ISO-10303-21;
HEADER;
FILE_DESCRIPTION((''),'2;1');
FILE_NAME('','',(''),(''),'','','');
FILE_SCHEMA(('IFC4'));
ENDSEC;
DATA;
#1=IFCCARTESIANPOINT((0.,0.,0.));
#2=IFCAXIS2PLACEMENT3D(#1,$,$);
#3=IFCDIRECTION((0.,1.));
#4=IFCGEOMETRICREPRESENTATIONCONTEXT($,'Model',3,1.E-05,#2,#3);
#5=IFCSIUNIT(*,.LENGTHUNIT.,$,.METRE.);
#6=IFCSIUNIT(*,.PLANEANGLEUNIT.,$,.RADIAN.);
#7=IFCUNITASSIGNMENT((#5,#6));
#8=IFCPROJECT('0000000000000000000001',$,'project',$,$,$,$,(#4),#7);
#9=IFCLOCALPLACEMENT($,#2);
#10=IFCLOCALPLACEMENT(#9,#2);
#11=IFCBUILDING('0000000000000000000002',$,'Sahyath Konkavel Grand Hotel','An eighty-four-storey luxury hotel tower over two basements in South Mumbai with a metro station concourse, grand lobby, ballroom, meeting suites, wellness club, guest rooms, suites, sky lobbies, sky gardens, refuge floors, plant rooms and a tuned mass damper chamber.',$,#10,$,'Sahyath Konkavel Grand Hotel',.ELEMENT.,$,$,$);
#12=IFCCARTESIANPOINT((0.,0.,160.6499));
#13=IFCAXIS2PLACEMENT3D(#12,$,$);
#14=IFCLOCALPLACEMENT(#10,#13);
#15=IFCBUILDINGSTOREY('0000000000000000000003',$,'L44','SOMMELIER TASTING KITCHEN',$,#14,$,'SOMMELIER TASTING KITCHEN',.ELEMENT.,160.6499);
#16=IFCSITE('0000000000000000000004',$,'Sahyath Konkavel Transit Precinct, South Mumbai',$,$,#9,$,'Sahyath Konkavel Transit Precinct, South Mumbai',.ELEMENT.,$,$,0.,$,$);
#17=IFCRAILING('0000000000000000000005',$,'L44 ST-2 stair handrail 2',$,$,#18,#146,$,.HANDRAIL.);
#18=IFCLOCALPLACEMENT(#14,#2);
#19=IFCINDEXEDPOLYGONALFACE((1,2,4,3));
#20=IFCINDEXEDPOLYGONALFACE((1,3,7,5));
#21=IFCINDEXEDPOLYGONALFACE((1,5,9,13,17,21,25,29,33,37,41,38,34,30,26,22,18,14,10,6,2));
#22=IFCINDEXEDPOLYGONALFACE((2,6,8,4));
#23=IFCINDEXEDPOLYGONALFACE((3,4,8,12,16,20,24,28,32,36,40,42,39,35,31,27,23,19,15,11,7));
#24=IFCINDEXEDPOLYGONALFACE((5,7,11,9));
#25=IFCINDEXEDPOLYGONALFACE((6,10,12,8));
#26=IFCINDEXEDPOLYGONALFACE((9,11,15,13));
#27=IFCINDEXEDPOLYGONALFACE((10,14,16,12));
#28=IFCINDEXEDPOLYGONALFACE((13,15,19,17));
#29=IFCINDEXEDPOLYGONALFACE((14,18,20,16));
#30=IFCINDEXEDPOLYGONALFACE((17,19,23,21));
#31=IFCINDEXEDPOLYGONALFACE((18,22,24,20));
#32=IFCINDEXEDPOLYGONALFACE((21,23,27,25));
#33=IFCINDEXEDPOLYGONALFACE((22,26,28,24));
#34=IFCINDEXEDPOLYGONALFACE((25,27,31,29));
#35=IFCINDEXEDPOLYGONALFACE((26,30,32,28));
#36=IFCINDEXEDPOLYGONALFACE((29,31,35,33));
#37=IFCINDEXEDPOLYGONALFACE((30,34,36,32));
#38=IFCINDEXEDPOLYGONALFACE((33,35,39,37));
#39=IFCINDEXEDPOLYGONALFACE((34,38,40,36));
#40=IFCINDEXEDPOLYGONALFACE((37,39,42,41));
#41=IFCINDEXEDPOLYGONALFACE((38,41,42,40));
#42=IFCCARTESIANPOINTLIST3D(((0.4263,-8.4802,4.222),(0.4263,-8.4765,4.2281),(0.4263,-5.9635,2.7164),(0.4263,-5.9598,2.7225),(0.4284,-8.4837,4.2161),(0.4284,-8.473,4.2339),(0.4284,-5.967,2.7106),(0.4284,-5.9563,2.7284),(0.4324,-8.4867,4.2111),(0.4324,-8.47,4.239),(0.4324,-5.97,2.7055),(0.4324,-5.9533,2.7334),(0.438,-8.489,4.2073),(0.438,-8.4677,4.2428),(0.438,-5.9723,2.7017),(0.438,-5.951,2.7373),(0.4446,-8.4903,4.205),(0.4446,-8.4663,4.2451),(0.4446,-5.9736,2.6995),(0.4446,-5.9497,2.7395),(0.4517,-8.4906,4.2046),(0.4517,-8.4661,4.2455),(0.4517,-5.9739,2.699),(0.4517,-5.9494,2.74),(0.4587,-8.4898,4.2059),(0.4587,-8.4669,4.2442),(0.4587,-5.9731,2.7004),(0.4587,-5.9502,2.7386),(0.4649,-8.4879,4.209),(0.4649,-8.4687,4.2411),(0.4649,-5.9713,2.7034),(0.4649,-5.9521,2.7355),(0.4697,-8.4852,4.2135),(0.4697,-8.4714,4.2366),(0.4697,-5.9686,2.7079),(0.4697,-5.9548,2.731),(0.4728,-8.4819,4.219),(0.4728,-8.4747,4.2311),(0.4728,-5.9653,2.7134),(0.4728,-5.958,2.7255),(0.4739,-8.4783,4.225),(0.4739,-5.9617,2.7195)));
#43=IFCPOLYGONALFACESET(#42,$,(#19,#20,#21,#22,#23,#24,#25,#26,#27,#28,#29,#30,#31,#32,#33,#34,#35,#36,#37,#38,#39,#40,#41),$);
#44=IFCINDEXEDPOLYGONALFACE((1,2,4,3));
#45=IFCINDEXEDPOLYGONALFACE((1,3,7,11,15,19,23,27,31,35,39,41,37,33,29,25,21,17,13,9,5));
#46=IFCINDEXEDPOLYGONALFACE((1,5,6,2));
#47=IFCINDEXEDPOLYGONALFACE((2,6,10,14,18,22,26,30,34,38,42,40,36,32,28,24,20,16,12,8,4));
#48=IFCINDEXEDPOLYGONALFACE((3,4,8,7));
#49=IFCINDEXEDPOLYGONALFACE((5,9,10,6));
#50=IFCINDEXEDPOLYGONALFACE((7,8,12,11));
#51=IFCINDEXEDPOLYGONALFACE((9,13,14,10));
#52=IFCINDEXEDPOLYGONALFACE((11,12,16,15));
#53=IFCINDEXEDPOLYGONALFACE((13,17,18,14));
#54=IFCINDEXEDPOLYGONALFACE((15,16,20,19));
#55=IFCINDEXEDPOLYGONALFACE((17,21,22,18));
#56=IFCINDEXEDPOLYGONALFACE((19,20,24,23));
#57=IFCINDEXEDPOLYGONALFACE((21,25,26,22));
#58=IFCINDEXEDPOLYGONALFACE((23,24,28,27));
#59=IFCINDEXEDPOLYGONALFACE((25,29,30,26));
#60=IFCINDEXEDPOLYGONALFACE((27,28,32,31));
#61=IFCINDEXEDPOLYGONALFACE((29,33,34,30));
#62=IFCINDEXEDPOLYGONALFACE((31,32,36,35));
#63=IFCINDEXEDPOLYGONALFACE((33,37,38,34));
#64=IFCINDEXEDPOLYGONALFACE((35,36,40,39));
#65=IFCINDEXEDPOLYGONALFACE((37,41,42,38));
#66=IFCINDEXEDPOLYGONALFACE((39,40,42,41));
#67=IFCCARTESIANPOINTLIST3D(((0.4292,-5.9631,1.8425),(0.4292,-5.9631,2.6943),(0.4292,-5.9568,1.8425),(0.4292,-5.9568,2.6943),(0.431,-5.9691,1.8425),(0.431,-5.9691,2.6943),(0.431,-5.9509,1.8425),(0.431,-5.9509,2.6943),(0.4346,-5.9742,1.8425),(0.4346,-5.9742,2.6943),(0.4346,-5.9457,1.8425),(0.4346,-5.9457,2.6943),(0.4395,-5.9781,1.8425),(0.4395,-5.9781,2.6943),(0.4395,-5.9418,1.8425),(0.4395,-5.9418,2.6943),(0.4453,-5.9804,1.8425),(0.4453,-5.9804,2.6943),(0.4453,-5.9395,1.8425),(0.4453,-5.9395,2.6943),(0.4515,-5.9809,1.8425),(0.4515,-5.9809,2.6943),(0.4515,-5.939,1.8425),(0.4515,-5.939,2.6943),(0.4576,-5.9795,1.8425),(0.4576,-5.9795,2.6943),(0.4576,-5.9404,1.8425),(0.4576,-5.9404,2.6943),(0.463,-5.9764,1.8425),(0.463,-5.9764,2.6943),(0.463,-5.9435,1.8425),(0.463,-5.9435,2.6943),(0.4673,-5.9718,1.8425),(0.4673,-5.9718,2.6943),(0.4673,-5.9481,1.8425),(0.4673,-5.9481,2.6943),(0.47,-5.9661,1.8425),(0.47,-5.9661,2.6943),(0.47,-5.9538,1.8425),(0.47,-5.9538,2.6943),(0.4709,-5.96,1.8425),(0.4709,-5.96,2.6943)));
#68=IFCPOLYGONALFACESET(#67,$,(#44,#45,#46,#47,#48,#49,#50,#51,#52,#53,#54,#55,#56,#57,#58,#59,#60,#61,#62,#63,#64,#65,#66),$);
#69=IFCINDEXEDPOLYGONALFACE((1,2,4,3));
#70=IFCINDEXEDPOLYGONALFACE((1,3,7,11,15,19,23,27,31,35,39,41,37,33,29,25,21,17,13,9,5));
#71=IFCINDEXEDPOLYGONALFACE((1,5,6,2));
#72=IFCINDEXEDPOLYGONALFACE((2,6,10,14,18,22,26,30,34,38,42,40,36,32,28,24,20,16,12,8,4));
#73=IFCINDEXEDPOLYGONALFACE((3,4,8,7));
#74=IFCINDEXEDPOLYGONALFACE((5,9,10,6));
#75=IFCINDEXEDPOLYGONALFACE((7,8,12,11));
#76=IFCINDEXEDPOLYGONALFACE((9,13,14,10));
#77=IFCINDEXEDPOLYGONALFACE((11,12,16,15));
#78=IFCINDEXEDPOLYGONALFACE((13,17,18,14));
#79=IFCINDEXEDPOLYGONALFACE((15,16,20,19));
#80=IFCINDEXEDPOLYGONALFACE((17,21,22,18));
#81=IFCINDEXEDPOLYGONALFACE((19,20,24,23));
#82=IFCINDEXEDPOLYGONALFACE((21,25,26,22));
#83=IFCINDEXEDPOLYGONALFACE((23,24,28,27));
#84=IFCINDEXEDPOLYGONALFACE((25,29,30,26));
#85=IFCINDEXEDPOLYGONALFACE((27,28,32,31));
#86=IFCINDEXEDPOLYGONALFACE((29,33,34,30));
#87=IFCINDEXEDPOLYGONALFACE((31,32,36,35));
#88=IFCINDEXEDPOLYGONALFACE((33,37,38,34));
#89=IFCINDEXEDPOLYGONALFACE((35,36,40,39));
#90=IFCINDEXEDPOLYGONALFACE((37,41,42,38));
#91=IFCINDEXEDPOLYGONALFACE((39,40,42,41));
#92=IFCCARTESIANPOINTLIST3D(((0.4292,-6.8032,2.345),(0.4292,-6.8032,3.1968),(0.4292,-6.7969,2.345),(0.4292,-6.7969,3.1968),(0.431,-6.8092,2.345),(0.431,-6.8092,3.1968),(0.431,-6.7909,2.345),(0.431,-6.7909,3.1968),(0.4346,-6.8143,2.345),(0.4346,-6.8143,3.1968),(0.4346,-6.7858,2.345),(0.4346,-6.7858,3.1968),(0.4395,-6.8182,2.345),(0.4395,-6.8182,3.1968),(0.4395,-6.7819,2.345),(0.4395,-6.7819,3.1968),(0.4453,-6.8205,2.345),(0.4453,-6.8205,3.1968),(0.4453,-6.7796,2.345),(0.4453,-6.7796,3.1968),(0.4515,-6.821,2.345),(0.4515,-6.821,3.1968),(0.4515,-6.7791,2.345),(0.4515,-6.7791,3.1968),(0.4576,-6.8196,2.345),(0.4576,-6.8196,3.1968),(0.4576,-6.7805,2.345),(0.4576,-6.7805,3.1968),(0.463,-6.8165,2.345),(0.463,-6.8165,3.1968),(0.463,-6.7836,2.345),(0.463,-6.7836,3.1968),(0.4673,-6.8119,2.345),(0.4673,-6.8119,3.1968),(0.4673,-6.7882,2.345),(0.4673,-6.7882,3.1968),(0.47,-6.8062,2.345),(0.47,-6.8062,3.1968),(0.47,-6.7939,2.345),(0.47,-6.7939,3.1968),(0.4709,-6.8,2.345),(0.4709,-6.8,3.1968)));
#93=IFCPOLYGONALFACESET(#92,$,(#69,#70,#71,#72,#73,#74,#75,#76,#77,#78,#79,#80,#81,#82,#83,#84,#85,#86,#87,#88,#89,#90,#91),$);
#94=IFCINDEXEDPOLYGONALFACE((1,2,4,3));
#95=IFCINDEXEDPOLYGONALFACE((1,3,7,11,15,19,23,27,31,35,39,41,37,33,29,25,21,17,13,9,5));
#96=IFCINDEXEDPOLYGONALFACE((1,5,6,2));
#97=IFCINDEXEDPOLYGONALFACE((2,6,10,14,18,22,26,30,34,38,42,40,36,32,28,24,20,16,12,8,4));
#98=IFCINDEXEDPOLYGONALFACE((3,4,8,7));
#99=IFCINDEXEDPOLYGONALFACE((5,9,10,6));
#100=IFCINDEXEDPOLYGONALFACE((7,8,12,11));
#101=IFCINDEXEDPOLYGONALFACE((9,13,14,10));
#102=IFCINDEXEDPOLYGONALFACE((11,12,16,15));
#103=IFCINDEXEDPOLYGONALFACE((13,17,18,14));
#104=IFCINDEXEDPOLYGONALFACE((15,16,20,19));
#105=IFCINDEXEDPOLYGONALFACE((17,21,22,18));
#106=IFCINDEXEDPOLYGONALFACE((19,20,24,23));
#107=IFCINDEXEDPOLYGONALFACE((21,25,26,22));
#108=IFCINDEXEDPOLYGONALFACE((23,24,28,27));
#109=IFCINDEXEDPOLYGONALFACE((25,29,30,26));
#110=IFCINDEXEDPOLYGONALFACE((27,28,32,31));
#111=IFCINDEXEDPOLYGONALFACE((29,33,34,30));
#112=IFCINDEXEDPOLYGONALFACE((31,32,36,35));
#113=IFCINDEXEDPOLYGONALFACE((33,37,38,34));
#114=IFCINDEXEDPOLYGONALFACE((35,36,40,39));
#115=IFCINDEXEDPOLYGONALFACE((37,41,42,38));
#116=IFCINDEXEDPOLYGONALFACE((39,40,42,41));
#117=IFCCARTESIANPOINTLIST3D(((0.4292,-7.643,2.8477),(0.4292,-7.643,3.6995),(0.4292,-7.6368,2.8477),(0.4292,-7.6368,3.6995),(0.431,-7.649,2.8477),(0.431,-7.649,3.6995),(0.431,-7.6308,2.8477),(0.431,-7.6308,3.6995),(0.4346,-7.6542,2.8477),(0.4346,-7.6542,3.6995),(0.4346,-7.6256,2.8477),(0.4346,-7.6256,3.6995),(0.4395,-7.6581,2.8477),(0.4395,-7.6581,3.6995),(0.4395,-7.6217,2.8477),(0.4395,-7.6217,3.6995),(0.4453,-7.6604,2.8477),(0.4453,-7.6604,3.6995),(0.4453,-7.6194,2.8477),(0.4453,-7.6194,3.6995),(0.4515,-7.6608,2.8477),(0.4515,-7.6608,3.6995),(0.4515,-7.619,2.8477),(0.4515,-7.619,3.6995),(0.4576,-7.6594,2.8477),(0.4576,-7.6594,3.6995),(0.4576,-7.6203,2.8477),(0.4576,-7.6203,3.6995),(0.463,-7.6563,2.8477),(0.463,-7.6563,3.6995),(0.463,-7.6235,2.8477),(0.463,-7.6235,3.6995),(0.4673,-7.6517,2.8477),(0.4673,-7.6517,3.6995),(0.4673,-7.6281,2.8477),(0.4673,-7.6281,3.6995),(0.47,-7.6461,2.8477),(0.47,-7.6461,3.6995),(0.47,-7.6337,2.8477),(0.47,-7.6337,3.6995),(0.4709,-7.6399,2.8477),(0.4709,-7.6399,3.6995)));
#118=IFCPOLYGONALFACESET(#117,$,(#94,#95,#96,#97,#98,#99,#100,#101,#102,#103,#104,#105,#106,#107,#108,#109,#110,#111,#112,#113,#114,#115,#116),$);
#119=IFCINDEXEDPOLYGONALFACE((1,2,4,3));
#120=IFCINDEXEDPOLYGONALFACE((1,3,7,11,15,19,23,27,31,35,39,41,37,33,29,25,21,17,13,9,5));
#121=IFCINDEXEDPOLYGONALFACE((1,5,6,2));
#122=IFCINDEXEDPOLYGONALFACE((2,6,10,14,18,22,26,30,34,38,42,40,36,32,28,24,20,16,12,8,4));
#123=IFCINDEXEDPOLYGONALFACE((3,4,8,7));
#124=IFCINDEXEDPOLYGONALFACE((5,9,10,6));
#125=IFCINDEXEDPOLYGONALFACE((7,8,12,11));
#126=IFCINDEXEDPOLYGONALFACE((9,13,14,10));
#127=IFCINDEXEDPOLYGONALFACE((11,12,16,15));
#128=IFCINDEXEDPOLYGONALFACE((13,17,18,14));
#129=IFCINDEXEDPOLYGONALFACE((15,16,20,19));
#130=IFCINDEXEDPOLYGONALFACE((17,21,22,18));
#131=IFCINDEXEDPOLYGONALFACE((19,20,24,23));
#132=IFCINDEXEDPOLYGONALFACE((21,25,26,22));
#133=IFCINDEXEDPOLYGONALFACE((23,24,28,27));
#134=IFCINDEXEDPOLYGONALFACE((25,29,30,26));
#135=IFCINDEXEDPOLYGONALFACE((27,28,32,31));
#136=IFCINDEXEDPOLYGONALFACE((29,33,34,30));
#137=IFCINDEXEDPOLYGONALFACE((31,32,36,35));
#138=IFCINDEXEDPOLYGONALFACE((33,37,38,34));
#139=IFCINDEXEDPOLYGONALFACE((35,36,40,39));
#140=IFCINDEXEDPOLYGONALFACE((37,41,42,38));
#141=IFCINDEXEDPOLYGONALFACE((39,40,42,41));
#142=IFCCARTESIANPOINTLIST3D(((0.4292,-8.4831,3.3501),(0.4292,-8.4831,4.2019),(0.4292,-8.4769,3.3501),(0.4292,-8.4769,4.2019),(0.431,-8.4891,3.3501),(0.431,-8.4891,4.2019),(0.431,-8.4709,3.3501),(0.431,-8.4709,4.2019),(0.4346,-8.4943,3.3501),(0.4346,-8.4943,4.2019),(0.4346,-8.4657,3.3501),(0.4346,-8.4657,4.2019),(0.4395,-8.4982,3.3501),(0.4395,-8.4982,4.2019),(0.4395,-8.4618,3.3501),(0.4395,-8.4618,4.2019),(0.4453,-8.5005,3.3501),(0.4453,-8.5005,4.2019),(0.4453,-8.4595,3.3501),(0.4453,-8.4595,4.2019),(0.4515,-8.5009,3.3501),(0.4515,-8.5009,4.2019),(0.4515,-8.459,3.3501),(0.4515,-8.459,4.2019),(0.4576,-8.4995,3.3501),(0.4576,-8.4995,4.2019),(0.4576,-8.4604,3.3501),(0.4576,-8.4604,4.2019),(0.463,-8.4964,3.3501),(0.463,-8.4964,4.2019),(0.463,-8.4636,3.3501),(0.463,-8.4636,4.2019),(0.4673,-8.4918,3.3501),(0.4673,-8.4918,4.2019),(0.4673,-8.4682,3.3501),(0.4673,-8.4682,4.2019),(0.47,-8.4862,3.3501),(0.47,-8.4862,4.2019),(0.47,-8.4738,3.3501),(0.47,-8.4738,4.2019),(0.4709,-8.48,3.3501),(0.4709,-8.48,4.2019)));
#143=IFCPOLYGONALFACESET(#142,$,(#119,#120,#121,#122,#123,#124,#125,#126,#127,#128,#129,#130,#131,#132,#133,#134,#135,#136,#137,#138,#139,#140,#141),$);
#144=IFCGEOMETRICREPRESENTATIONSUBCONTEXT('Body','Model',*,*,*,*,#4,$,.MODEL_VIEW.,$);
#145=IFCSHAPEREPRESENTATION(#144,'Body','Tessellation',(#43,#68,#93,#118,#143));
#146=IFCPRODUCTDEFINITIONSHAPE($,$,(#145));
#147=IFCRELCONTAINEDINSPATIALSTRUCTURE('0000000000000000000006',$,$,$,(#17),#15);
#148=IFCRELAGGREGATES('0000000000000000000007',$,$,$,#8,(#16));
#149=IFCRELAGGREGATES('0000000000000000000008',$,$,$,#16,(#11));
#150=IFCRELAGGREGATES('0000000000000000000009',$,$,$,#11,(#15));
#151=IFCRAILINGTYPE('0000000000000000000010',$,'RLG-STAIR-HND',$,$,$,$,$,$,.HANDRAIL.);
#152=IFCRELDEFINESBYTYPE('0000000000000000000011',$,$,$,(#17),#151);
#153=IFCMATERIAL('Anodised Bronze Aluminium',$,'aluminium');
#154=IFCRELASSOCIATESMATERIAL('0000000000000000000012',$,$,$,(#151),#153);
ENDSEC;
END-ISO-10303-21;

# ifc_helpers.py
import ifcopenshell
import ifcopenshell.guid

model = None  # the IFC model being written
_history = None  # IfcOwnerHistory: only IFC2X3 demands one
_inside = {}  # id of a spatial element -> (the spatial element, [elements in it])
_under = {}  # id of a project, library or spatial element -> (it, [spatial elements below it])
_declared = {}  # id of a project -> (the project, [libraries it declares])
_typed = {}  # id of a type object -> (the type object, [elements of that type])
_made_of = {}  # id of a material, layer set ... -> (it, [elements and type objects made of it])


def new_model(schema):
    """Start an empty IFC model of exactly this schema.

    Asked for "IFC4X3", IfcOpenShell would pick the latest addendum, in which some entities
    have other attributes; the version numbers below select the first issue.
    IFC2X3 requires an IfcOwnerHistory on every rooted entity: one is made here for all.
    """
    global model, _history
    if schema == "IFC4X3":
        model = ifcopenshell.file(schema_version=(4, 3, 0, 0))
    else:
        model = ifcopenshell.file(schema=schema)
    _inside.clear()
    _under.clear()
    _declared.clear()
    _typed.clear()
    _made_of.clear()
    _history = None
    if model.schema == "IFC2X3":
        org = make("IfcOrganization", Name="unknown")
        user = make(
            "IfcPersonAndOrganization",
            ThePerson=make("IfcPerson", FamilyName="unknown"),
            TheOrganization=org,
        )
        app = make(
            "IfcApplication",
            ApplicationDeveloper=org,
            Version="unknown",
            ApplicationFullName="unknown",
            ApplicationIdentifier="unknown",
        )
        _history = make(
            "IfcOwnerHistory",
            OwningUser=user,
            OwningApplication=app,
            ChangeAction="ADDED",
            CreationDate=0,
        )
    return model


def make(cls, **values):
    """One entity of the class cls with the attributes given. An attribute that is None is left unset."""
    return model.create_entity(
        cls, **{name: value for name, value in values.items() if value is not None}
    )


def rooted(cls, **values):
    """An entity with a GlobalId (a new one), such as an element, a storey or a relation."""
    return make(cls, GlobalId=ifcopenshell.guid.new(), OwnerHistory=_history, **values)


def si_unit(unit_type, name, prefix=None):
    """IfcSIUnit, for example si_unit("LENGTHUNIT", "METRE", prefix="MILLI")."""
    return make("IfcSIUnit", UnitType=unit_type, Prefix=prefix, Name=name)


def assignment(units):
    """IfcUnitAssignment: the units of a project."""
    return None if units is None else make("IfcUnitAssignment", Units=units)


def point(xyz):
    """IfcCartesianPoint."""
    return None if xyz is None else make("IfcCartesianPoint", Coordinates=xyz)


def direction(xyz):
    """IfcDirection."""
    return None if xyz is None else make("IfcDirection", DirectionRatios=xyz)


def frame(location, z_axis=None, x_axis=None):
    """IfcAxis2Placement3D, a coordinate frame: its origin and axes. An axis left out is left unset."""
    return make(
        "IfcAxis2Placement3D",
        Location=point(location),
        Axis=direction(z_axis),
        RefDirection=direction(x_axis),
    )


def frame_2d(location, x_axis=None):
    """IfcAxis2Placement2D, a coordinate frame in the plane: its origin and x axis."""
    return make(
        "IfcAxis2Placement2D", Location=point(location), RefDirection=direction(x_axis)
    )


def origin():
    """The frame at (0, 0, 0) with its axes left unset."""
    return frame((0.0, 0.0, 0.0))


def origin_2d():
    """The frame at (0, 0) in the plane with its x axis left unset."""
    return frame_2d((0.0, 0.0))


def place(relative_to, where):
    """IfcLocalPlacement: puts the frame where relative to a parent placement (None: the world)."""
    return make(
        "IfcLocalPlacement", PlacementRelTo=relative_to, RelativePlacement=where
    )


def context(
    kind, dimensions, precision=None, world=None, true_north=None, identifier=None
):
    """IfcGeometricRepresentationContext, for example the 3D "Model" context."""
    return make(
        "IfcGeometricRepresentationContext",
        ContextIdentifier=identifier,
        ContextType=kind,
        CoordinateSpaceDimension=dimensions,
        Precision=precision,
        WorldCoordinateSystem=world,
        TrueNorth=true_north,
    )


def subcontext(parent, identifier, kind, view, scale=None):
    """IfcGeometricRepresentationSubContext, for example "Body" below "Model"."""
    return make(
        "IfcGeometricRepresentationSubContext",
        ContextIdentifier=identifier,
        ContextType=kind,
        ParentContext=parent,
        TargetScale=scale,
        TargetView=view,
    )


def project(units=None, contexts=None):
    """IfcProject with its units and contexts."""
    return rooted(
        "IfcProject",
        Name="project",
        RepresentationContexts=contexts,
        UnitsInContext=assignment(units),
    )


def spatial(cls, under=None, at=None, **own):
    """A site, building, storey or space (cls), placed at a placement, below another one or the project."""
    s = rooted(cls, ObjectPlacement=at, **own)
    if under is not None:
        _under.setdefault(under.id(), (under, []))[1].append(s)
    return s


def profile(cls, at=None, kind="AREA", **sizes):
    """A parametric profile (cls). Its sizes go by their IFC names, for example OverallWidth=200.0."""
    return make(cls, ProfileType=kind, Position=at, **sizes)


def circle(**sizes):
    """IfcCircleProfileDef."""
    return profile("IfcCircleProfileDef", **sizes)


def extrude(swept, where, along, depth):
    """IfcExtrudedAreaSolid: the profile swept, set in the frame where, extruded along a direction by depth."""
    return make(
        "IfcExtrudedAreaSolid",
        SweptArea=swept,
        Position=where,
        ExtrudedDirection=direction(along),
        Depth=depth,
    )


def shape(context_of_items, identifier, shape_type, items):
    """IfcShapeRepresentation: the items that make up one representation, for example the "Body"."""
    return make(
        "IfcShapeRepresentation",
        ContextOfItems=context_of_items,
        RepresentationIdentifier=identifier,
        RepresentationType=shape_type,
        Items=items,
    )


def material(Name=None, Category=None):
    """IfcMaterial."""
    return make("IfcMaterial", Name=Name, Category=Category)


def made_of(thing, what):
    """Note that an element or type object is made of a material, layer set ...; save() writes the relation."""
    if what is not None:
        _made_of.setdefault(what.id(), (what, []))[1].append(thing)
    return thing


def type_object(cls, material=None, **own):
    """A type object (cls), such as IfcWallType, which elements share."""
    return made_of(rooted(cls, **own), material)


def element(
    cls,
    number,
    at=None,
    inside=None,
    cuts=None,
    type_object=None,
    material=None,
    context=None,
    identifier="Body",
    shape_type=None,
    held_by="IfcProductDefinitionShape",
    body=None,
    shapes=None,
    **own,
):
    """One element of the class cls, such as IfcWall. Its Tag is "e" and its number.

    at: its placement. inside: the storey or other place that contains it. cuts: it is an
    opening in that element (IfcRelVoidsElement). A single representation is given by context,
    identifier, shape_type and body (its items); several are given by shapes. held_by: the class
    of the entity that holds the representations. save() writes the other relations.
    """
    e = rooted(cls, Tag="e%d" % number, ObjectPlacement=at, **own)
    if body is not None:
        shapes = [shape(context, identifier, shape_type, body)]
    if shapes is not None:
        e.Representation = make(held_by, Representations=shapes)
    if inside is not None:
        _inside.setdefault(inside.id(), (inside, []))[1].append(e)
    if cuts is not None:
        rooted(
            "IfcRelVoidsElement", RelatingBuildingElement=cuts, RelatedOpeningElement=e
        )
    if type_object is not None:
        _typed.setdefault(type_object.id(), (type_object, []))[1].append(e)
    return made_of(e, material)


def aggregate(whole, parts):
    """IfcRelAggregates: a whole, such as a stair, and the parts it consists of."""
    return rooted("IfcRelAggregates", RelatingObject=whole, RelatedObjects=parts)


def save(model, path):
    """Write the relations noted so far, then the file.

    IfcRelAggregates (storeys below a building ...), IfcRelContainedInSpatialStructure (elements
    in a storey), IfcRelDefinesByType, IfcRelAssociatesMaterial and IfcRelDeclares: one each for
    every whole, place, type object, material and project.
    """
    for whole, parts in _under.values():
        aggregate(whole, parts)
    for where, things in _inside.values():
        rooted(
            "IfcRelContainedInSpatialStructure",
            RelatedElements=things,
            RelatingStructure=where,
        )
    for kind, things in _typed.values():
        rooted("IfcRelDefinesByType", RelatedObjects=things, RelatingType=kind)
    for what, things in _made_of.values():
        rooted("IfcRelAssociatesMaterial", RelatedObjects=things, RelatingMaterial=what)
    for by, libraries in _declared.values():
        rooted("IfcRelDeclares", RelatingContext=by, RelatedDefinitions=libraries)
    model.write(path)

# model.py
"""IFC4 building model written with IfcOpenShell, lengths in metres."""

from ifc_helpers import new_model, si_unit, direction, frame, origin, origin_2d, place, context, subcontext, project, spatial, circle, extrude, material, type_object, element, save


model = new_model("IFC4")

# Units and contexts
model_context = context("Model", 3, precision=1e-05, world=origin(), true_north=direction((0.0, 1.0)))
body_context = subcontext(model_context, "Body", "Model", "MODEL_VIEW")
ifc_project = project(units=[si_unit("LENGTHUNIT", "METRE"), si_unit("PLANEANGLEUNIT", "RADIAN")], contexts=[model_context])

# Site, building, storey
site_placement = place(None, origin())
site = spatial("IfcSite", under=ifc_project, at=site_placement, Name="Sahyath Konkavel Transit Precinct, South Mumbai", LongName="Sahyath Konkavel Transit Precinct, South Mumbai", CompositionType="ELEMENT", RefElevation=0.0)
building_placement = place(site_placement, origin())
building = spatial("IfcBuilding", under=site, at=building_placement, Name="Sahyath Konkavel Grand Hotel", Description="An eighty-four-storey luxury hotel tower over two basements in South Mumbai with a metro station concourse, grand lobby, ballroom, meeting suites, wellness club, guest rooms, suites, sky lobbies, sky gardens, refuge floors, plant rooms and a tuned mass damper chamber.", LongName="Sahyath Konkavel Grand Hotel", CompositionType="ELEMENT")
storey_placement = place(building_placement, frame((0.0, 0.0, 160.6499)))
storey = spatial("IfcBuildingStorey", under=building, at=storey_placement, Name="L44", Description="SOMMELIER TASTING KITCHEN", LongName="SOMMELIER TASTING KITCHEN", CompositionType="ELEMENT", Elevation=160.6499)

# Railing
ifc_material_1 = material(Name="Anodised Bronze Aluminium", Category="aluminium")
railing_type_1 = type_object("IfcRailingType", Name="RLG-STAIR-HND", PredefinedType="HANDRAIL", material=ifc_material_1)
railing_1_placement = place(storey_placement, frame((0.45, -5.96, 1.8425)))
element("IfcRailing", 1, at=railing_1_placement, inside=storey, type_object=railing_type_1, Name="L44 ST-2 stair handrail 2", PredefinedType="HANDRAIL", context=body_context, shape_type="SweptSolid", body=[
    extrude(circle(Radius=0.0239, at=origin_2d()), frame((0.0, -0.0017, 0.877), z_axis=(0.0, -0.85816, 0.513383), x_axis=(1.0, 0.0, 0.0)), (0.0, 0.0, 1.0), 2.9326),
    extrude(circle(Radius=0.021, at=origin_2d()), origin(), (0.0, 0.0, 1.0), 0.8518),
    extrude(circle(Radius=0.021, at=origin_2d()), frame((0.0, -0.8401, 0.5024)), (0.0, 0.0, 1.0), 0.8518),
    extrude(circle(Radius=0.021, at=origin_2d()), frame((0.0, -1.6799, 1.0051)), (0.0, 0.0, 1.0), 0.8518),
    extrude(circle(Radius=0.021, at=origin_2d()), frame((0.0, -2.52, 1.5076)), (0.0, 0.0, 1.0), 0.8518),
])

save(model, "model.ifc")
